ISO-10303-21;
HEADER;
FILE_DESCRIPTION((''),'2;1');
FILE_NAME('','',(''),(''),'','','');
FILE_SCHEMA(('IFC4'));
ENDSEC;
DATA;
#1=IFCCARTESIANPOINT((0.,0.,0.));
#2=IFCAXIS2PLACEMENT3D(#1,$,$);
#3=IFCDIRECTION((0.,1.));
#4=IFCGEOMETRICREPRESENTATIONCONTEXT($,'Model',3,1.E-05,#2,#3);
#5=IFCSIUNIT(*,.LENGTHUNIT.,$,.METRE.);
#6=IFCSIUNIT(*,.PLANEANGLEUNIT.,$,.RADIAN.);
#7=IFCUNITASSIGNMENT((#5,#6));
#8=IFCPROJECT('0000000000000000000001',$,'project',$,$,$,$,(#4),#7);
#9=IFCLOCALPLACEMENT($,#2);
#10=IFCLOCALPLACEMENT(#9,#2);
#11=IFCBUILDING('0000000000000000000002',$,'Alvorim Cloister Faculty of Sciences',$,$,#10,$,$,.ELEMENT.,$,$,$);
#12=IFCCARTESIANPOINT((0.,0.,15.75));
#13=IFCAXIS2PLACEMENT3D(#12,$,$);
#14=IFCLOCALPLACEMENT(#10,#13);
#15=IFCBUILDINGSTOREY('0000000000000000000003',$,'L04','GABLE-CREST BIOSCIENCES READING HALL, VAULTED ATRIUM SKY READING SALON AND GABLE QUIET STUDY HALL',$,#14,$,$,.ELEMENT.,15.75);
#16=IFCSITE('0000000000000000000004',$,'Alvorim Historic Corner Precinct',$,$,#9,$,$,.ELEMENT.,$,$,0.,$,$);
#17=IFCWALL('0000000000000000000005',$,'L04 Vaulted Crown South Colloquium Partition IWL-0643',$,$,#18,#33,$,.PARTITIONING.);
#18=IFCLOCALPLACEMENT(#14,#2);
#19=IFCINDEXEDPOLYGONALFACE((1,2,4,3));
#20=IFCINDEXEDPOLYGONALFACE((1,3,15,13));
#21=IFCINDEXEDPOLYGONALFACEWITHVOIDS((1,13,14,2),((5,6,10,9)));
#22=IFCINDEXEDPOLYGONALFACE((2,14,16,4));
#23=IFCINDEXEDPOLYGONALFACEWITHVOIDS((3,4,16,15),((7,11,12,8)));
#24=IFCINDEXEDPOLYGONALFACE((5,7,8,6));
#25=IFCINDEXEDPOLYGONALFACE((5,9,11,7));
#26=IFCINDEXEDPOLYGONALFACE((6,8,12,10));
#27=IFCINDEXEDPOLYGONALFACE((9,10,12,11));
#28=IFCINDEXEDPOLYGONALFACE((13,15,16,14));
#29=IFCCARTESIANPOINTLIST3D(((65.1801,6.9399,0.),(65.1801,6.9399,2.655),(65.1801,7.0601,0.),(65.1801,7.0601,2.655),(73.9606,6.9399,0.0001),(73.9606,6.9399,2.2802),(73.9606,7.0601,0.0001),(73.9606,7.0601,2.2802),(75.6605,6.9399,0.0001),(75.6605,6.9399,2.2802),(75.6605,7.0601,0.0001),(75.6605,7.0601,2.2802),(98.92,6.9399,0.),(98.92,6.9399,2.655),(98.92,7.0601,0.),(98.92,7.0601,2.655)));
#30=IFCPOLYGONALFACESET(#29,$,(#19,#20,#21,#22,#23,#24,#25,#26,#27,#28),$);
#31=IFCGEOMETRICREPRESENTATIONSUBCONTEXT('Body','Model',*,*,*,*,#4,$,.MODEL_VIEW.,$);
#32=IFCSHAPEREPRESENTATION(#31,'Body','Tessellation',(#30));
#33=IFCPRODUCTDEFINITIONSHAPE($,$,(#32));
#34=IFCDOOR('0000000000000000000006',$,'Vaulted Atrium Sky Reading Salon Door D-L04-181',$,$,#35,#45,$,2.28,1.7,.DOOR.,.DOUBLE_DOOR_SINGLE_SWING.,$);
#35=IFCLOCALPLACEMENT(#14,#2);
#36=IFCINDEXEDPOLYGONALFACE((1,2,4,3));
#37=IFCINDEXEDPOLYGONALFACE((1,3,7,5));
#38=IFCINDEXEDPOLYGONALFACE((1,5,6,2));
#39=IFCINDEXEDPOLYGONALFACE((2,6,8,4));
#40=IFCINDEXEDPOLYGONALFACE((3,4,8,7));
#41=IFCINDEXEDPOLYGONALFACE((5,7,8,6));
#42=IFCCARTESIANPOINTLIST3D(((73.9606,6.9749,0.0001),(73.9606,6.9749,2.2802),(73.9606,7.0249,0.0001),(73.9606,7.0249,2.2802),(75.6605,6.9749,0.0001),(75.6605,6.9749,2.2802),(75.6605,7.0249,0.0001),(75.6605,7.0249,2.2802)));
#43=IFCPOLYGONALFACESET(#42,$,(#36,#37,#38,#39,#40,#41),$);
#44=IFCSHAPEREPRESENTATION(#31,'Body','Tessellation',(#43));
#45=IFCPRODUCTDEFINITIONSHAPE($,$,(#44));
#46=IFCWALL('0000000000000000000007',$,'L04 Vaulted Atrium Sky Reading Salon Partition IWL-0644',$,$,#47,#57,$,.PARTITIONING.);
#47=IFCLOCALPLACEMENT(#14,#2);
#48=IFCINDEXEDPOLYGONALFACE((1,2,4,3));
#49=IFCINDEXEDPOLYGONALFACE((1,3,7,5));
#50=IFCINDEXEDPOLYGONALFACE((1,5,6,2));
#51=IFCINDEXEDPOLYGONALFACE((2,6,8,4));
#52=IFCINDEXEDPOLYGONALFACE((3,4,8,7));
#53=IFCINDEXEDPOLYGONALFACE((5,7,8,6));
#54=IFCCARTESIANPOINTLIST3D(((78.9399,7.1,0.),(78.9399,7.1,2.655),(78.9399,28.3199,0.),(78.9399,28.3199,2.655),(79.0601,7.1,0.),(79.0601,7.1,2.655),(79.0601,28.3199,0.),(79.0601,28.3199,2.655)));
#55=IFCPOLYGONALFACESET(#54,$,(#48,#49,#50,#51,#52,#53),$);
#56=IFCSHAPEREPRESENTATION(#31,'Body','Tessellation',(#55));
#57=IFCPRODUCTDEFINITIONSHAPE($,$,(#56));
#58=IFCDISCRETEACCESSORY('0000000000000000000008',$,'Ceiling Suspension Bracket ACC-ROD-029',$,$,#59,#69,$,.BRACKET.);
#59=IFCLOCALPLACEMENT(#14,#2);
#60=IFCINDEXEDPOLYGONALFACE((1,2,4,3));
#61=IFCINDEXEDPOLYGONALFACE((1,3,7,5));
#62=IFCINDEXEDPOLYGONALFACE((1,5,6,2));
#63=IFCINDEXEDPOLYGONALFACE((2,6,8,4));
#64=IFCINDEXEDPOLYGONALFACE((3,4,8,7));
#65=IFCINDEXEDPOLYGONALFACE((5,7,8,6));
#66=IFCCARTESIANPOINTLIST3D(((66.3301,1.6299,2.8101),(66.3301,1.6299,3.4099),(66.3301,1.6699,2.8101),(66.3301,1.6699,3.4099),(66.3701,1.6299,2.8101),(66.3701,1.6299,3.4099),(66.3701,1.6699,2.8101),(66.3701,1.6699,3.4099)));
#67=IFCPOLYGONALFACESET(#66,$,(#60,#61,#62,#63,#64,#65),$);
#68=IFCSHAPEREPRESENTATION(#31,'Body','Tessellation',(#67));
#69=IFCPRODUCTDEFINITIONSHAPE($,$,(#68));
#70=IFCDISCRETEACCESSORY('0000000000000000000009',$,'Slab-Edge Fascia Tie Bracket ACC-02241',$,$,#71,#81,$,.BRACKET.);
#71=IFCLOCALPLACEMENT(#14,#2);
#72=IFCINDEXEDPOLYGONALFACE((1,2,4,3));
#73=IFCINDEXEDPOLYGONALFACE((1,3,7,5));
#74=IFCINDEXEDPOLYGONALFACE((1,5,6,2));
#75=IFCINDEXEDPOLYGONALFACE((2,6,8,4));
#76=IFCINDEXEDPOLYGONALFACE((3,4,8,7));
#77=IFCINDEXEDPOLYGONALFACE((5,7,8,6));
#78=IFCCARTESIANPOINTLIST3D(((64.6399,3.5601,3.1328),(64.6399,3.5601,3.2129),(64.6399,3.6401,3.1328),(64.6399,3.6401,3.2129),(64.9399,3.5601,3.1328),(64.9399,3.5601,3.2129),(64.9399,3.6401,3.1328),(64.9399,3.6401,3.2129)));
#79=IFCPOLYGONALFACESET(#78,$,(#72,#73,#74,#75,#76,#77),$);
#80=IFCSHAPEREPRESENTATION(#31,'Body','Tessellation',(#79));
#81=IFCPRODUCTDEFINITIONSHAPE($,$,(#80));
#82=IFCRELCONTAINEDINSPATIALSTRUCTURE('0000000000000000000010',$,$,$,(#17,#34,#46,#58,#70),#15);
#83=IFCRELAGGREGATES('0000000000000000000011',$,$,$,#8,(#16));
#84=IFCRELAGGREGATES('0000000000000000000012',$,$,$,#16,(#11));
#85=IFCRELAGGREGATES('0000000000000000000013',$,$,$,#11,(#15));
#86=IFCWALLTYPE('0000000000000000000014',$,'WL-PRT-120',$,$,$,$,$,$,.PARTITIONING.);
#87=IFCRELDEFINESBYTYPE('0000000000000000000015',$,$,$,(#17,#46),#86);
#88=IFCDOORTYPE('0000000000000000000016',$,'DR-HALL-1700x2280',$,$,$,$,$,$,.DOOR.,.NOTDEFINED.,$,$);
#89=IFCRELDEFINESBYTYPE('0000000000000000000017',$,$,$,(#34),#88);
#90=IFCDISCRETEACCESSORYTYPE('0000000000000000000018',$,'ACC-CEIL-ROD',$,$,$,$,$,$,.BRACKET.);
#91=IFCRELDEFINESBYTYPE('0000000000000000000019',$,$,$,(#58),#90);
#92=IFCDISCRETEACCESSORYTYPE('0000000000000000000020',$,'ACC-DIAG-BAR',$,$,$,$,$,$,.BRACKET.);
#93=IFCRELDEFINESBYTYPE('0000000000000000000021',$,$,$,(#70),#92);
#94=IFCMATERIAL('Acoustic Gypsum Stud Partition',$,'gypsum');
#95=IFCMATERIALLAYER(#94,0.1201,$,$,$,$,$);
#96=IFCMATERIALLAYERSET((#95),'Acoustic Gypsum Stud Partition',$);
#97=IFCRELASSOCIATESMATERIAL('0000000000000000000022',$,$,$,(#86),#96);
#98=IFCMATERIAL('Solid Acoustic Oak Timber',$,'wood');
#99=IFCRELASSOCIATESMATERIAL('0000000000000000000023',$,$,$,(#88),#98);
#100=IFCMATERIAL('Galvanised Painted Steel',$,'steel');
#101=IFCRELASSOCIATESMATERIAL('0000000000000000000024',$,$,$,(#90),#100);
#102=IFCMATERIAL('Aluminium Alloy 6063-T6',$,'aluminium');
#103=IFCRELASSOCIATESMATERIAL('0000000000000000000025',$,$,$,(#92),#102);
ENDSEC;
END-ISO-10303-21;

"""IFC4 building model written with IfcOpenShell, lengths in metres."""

from ifc_helpers import new_model, si_unit, direction, frame, frame_2d, origin, origin_2d, place, context, subcontext, project, spatial, rectangle, extrude, material, layer, layer_set, type_object, element, fill, save


model = new_model("IFC4")

# Units and contexts
model_context = context("Model", 3, precision=1e-05, world=origin(), true_north=direction((0.0, 1.0)))
body_context = subcontext(model_context, "Body", "Model", "MODEL_VIEW")
ifc_project = project(units=[si_unit("LENGTHUNIT", "METRE"), si_unit("PLANEANGLEUNIT", "RADIAN")], contexts=[model_context])

# Site, building, storey
site_placement = place(None, origin())
site = spatial("IfcSite", under=ifc_project, at=site_placement, Name="Alvorim Historic Corner Precinct", CompositionType="ELEMENT", RefElevation=0.0)
building_placement = place(site_placement, origin())
building = spatial("IfcBuilding", under=site, at=building_placement, Name="Alvorim Cloister Faculty of Sciences", CompositionType="ELEMENT")
storey_placement = place(building_placement, frame((0.0, 0.0, 15.75)))
storey = spatial("IfcBuildingStorey", under=building, at=storey_placement, Name="L04", Description="GABLE-CREST BIOSCIENCES READING HALL, VAULTED ATRIUM SKY READING SALON AND GABLE QUIET STUDY HALL", CompositionType="ELEMENT", Elevation=15.75)

# Wall, opening, door
ifc_material_1 = material(Name="Acoustic Gypsum Stud Partition", Category="gypsum")
ifc_layer_1 = layer(ifc_material_1, 0.1201)
ifc_layer_set_1 = layer_set([ifc_layer_1], Name="Acoustic Gypsum Stud Partition")
wall_type_1 = type_object("IfcWallType", Name="WL-PRT-120", PredefinedType="PARTITIONING", material=ifc_layer_set_1)
wall_1_placement = place(storey_placement, frame((65.1799, 7.0, 0.0), z_axis=(0.0, 0.0, 1.0), x_axis=(1.0, 0.0, 0.0)))
wall_1 = element("IfcWall", 1, at=wall_1_placement, inside=storey, type_object=wall_type_1, Name="L04 Vaulted Crown South Colloquium Partition IWL-0643", PredefinedType="PARTITIONING", context=body_context, shape_type="SweptSolid", body=[
    extrude(rectangle(XDim=33.74, YDim=0.1201, at=frame_2d((16.8701, 0.0))), origin(), (0.0, 0.0, 1.0), 2.655),
])
opening_placement = place(wall_1_placement, frame((8.7805, 0.0, 0.0)))
opening = element("IfcOpeningElement", 2, at=opening_placement, cuts=wall_1, PredefinedType="OPENING", context=body_context, shape_type="SweptSolid", body=[
    extrude(rectangle(XDim=1.7, YDim=2.28, at=frame_2d((0.8501, 1.1401))), frame((0.0, 0.072, 0.0), z_axis=(0.0, -1.0, 0.0), x_axis=(1.0, 0.0, 0.0)), (0.0, 0.0, 1.0), 0.144),
])
ifc_material_2 = material(Name="Solid Acoustic Oak Timber", Category="wood")
door_type = type_object("IfcDoorType", Name="DR-HALL-1700x2280", OperationType="NOTDEFINED", PredefinedType="DOOR", material=ifc_material_2)
door_placement = place(opening_placement, origin())
door = element("IfcDoor", 3, at=door_placement, inside=storey, type_object=door_type, Name="Vaulted Atrium Sky Reading Salon Door D-L04-181", OperationType="DOUBLE_DOOR_SINGLE_SWING", OverallHeight=2.28, OverallWidth=1.7, PredefinedType="DOOR", context=body_context, shape_type="SweptSolid", body=[
    extrude(rectangle(XDim=1.7, YDim=2.28, at=frame_2d((0.8501, 1.1401))), frame((0.0, 0.0249, 0.0), z_axis=(0.0, -1.0, 0.0), x_axis=(1.0, 0.0, 0.0)), (0.0, 0.0, 1.0), 0.05),
])
fill(opening, door)

# Wall
wall_2_placement = place(storey_placement, frame((79.0, 7.1001, 0.0), z_axis=(0.0, 0.0, 1.0), x_axis=(0.0, 1.0, 0.0)))
element("IfcWall", 4, at=wall_2_placement, inside=storey, type_object=wall_type_1, Name="L04 Vaulted Atrium Sky Reading Salon Partition IWL-0644", PredefinedType="PARTITIONING", context=body_context, shape_type="SweptSolid", body=[
    extrude(rectangle(XDim=21.22, YDim=0.1201, at=frame_2d((10.6099, 0.0))), origin(), (0.0, 0.0, 1.0), 2.655),
])

# Discrete accessories
ifc_material_3 = material(Name="Galvanised Painted Steel", Category="steel")
discrete_accessory_type_1 = type_object("IfcDiscreteAccessoryType", Name="ACC-CEIL-ROD", PredefinedType="BRACKET", material=ifc_material_3)
discrete_accessory_1_placement = place(storey_placement, frame((66.3501, 1.6499, 2.8101), z_axis=(0.0, 0.0, 1.0), x_axis=(1.0, 0.0, 0.0)))
element("IfcDiscreteAccessory", 5, at=discrete_accessory_1_placement, inside=storey, type_object=discrete_accessory_type_1, Name="Ceiling Suspension Bracket ACC-ROD-029", PredefinedType="BRACKET", context=body_context, shape_type="SweptSolid", body=[
    extrude(rectangle(XDim=0.04, YDim=0.04, at=origin_2d()), origin(), (0.0, 0.0, 1.0), 0.5999),
])
ifc_material_4 = material(Name="Aluminium Alloy 6063-T6", Category="aluminium")
discrete_accessory_type_2 = type_object("IfcDiscreteAccessoryType", Name="ACC-DIAG-BAR", PredefinedType="BRACKET", material=ifc_material_4)
discrete_accessory_2_placement = place(storey_placement, frame((64.9399, 3.6001, 3.1729), z_axis=(-1.0, 0.0, 0.0), x_axis=(0.0, -1.0, 0.0)))
element("IfcDiscreteAccessory", 6, at=discrete_accessory_2_placement, inside=storey, type_object=discrete_accessory_type_2, Name="Slab-Edge Fascia Tie Bracket ACC-02241", PredefinedType="BRACKET", context=body_context, shape_type="SweptSolid", body=[
    extrude(rectangle(XDim=0.0801, YDim=0.0801, at=origin_2d()), origin(), (0.0, 0.0, 1.0), 0.3),
])

save(model, "model.ifc")
